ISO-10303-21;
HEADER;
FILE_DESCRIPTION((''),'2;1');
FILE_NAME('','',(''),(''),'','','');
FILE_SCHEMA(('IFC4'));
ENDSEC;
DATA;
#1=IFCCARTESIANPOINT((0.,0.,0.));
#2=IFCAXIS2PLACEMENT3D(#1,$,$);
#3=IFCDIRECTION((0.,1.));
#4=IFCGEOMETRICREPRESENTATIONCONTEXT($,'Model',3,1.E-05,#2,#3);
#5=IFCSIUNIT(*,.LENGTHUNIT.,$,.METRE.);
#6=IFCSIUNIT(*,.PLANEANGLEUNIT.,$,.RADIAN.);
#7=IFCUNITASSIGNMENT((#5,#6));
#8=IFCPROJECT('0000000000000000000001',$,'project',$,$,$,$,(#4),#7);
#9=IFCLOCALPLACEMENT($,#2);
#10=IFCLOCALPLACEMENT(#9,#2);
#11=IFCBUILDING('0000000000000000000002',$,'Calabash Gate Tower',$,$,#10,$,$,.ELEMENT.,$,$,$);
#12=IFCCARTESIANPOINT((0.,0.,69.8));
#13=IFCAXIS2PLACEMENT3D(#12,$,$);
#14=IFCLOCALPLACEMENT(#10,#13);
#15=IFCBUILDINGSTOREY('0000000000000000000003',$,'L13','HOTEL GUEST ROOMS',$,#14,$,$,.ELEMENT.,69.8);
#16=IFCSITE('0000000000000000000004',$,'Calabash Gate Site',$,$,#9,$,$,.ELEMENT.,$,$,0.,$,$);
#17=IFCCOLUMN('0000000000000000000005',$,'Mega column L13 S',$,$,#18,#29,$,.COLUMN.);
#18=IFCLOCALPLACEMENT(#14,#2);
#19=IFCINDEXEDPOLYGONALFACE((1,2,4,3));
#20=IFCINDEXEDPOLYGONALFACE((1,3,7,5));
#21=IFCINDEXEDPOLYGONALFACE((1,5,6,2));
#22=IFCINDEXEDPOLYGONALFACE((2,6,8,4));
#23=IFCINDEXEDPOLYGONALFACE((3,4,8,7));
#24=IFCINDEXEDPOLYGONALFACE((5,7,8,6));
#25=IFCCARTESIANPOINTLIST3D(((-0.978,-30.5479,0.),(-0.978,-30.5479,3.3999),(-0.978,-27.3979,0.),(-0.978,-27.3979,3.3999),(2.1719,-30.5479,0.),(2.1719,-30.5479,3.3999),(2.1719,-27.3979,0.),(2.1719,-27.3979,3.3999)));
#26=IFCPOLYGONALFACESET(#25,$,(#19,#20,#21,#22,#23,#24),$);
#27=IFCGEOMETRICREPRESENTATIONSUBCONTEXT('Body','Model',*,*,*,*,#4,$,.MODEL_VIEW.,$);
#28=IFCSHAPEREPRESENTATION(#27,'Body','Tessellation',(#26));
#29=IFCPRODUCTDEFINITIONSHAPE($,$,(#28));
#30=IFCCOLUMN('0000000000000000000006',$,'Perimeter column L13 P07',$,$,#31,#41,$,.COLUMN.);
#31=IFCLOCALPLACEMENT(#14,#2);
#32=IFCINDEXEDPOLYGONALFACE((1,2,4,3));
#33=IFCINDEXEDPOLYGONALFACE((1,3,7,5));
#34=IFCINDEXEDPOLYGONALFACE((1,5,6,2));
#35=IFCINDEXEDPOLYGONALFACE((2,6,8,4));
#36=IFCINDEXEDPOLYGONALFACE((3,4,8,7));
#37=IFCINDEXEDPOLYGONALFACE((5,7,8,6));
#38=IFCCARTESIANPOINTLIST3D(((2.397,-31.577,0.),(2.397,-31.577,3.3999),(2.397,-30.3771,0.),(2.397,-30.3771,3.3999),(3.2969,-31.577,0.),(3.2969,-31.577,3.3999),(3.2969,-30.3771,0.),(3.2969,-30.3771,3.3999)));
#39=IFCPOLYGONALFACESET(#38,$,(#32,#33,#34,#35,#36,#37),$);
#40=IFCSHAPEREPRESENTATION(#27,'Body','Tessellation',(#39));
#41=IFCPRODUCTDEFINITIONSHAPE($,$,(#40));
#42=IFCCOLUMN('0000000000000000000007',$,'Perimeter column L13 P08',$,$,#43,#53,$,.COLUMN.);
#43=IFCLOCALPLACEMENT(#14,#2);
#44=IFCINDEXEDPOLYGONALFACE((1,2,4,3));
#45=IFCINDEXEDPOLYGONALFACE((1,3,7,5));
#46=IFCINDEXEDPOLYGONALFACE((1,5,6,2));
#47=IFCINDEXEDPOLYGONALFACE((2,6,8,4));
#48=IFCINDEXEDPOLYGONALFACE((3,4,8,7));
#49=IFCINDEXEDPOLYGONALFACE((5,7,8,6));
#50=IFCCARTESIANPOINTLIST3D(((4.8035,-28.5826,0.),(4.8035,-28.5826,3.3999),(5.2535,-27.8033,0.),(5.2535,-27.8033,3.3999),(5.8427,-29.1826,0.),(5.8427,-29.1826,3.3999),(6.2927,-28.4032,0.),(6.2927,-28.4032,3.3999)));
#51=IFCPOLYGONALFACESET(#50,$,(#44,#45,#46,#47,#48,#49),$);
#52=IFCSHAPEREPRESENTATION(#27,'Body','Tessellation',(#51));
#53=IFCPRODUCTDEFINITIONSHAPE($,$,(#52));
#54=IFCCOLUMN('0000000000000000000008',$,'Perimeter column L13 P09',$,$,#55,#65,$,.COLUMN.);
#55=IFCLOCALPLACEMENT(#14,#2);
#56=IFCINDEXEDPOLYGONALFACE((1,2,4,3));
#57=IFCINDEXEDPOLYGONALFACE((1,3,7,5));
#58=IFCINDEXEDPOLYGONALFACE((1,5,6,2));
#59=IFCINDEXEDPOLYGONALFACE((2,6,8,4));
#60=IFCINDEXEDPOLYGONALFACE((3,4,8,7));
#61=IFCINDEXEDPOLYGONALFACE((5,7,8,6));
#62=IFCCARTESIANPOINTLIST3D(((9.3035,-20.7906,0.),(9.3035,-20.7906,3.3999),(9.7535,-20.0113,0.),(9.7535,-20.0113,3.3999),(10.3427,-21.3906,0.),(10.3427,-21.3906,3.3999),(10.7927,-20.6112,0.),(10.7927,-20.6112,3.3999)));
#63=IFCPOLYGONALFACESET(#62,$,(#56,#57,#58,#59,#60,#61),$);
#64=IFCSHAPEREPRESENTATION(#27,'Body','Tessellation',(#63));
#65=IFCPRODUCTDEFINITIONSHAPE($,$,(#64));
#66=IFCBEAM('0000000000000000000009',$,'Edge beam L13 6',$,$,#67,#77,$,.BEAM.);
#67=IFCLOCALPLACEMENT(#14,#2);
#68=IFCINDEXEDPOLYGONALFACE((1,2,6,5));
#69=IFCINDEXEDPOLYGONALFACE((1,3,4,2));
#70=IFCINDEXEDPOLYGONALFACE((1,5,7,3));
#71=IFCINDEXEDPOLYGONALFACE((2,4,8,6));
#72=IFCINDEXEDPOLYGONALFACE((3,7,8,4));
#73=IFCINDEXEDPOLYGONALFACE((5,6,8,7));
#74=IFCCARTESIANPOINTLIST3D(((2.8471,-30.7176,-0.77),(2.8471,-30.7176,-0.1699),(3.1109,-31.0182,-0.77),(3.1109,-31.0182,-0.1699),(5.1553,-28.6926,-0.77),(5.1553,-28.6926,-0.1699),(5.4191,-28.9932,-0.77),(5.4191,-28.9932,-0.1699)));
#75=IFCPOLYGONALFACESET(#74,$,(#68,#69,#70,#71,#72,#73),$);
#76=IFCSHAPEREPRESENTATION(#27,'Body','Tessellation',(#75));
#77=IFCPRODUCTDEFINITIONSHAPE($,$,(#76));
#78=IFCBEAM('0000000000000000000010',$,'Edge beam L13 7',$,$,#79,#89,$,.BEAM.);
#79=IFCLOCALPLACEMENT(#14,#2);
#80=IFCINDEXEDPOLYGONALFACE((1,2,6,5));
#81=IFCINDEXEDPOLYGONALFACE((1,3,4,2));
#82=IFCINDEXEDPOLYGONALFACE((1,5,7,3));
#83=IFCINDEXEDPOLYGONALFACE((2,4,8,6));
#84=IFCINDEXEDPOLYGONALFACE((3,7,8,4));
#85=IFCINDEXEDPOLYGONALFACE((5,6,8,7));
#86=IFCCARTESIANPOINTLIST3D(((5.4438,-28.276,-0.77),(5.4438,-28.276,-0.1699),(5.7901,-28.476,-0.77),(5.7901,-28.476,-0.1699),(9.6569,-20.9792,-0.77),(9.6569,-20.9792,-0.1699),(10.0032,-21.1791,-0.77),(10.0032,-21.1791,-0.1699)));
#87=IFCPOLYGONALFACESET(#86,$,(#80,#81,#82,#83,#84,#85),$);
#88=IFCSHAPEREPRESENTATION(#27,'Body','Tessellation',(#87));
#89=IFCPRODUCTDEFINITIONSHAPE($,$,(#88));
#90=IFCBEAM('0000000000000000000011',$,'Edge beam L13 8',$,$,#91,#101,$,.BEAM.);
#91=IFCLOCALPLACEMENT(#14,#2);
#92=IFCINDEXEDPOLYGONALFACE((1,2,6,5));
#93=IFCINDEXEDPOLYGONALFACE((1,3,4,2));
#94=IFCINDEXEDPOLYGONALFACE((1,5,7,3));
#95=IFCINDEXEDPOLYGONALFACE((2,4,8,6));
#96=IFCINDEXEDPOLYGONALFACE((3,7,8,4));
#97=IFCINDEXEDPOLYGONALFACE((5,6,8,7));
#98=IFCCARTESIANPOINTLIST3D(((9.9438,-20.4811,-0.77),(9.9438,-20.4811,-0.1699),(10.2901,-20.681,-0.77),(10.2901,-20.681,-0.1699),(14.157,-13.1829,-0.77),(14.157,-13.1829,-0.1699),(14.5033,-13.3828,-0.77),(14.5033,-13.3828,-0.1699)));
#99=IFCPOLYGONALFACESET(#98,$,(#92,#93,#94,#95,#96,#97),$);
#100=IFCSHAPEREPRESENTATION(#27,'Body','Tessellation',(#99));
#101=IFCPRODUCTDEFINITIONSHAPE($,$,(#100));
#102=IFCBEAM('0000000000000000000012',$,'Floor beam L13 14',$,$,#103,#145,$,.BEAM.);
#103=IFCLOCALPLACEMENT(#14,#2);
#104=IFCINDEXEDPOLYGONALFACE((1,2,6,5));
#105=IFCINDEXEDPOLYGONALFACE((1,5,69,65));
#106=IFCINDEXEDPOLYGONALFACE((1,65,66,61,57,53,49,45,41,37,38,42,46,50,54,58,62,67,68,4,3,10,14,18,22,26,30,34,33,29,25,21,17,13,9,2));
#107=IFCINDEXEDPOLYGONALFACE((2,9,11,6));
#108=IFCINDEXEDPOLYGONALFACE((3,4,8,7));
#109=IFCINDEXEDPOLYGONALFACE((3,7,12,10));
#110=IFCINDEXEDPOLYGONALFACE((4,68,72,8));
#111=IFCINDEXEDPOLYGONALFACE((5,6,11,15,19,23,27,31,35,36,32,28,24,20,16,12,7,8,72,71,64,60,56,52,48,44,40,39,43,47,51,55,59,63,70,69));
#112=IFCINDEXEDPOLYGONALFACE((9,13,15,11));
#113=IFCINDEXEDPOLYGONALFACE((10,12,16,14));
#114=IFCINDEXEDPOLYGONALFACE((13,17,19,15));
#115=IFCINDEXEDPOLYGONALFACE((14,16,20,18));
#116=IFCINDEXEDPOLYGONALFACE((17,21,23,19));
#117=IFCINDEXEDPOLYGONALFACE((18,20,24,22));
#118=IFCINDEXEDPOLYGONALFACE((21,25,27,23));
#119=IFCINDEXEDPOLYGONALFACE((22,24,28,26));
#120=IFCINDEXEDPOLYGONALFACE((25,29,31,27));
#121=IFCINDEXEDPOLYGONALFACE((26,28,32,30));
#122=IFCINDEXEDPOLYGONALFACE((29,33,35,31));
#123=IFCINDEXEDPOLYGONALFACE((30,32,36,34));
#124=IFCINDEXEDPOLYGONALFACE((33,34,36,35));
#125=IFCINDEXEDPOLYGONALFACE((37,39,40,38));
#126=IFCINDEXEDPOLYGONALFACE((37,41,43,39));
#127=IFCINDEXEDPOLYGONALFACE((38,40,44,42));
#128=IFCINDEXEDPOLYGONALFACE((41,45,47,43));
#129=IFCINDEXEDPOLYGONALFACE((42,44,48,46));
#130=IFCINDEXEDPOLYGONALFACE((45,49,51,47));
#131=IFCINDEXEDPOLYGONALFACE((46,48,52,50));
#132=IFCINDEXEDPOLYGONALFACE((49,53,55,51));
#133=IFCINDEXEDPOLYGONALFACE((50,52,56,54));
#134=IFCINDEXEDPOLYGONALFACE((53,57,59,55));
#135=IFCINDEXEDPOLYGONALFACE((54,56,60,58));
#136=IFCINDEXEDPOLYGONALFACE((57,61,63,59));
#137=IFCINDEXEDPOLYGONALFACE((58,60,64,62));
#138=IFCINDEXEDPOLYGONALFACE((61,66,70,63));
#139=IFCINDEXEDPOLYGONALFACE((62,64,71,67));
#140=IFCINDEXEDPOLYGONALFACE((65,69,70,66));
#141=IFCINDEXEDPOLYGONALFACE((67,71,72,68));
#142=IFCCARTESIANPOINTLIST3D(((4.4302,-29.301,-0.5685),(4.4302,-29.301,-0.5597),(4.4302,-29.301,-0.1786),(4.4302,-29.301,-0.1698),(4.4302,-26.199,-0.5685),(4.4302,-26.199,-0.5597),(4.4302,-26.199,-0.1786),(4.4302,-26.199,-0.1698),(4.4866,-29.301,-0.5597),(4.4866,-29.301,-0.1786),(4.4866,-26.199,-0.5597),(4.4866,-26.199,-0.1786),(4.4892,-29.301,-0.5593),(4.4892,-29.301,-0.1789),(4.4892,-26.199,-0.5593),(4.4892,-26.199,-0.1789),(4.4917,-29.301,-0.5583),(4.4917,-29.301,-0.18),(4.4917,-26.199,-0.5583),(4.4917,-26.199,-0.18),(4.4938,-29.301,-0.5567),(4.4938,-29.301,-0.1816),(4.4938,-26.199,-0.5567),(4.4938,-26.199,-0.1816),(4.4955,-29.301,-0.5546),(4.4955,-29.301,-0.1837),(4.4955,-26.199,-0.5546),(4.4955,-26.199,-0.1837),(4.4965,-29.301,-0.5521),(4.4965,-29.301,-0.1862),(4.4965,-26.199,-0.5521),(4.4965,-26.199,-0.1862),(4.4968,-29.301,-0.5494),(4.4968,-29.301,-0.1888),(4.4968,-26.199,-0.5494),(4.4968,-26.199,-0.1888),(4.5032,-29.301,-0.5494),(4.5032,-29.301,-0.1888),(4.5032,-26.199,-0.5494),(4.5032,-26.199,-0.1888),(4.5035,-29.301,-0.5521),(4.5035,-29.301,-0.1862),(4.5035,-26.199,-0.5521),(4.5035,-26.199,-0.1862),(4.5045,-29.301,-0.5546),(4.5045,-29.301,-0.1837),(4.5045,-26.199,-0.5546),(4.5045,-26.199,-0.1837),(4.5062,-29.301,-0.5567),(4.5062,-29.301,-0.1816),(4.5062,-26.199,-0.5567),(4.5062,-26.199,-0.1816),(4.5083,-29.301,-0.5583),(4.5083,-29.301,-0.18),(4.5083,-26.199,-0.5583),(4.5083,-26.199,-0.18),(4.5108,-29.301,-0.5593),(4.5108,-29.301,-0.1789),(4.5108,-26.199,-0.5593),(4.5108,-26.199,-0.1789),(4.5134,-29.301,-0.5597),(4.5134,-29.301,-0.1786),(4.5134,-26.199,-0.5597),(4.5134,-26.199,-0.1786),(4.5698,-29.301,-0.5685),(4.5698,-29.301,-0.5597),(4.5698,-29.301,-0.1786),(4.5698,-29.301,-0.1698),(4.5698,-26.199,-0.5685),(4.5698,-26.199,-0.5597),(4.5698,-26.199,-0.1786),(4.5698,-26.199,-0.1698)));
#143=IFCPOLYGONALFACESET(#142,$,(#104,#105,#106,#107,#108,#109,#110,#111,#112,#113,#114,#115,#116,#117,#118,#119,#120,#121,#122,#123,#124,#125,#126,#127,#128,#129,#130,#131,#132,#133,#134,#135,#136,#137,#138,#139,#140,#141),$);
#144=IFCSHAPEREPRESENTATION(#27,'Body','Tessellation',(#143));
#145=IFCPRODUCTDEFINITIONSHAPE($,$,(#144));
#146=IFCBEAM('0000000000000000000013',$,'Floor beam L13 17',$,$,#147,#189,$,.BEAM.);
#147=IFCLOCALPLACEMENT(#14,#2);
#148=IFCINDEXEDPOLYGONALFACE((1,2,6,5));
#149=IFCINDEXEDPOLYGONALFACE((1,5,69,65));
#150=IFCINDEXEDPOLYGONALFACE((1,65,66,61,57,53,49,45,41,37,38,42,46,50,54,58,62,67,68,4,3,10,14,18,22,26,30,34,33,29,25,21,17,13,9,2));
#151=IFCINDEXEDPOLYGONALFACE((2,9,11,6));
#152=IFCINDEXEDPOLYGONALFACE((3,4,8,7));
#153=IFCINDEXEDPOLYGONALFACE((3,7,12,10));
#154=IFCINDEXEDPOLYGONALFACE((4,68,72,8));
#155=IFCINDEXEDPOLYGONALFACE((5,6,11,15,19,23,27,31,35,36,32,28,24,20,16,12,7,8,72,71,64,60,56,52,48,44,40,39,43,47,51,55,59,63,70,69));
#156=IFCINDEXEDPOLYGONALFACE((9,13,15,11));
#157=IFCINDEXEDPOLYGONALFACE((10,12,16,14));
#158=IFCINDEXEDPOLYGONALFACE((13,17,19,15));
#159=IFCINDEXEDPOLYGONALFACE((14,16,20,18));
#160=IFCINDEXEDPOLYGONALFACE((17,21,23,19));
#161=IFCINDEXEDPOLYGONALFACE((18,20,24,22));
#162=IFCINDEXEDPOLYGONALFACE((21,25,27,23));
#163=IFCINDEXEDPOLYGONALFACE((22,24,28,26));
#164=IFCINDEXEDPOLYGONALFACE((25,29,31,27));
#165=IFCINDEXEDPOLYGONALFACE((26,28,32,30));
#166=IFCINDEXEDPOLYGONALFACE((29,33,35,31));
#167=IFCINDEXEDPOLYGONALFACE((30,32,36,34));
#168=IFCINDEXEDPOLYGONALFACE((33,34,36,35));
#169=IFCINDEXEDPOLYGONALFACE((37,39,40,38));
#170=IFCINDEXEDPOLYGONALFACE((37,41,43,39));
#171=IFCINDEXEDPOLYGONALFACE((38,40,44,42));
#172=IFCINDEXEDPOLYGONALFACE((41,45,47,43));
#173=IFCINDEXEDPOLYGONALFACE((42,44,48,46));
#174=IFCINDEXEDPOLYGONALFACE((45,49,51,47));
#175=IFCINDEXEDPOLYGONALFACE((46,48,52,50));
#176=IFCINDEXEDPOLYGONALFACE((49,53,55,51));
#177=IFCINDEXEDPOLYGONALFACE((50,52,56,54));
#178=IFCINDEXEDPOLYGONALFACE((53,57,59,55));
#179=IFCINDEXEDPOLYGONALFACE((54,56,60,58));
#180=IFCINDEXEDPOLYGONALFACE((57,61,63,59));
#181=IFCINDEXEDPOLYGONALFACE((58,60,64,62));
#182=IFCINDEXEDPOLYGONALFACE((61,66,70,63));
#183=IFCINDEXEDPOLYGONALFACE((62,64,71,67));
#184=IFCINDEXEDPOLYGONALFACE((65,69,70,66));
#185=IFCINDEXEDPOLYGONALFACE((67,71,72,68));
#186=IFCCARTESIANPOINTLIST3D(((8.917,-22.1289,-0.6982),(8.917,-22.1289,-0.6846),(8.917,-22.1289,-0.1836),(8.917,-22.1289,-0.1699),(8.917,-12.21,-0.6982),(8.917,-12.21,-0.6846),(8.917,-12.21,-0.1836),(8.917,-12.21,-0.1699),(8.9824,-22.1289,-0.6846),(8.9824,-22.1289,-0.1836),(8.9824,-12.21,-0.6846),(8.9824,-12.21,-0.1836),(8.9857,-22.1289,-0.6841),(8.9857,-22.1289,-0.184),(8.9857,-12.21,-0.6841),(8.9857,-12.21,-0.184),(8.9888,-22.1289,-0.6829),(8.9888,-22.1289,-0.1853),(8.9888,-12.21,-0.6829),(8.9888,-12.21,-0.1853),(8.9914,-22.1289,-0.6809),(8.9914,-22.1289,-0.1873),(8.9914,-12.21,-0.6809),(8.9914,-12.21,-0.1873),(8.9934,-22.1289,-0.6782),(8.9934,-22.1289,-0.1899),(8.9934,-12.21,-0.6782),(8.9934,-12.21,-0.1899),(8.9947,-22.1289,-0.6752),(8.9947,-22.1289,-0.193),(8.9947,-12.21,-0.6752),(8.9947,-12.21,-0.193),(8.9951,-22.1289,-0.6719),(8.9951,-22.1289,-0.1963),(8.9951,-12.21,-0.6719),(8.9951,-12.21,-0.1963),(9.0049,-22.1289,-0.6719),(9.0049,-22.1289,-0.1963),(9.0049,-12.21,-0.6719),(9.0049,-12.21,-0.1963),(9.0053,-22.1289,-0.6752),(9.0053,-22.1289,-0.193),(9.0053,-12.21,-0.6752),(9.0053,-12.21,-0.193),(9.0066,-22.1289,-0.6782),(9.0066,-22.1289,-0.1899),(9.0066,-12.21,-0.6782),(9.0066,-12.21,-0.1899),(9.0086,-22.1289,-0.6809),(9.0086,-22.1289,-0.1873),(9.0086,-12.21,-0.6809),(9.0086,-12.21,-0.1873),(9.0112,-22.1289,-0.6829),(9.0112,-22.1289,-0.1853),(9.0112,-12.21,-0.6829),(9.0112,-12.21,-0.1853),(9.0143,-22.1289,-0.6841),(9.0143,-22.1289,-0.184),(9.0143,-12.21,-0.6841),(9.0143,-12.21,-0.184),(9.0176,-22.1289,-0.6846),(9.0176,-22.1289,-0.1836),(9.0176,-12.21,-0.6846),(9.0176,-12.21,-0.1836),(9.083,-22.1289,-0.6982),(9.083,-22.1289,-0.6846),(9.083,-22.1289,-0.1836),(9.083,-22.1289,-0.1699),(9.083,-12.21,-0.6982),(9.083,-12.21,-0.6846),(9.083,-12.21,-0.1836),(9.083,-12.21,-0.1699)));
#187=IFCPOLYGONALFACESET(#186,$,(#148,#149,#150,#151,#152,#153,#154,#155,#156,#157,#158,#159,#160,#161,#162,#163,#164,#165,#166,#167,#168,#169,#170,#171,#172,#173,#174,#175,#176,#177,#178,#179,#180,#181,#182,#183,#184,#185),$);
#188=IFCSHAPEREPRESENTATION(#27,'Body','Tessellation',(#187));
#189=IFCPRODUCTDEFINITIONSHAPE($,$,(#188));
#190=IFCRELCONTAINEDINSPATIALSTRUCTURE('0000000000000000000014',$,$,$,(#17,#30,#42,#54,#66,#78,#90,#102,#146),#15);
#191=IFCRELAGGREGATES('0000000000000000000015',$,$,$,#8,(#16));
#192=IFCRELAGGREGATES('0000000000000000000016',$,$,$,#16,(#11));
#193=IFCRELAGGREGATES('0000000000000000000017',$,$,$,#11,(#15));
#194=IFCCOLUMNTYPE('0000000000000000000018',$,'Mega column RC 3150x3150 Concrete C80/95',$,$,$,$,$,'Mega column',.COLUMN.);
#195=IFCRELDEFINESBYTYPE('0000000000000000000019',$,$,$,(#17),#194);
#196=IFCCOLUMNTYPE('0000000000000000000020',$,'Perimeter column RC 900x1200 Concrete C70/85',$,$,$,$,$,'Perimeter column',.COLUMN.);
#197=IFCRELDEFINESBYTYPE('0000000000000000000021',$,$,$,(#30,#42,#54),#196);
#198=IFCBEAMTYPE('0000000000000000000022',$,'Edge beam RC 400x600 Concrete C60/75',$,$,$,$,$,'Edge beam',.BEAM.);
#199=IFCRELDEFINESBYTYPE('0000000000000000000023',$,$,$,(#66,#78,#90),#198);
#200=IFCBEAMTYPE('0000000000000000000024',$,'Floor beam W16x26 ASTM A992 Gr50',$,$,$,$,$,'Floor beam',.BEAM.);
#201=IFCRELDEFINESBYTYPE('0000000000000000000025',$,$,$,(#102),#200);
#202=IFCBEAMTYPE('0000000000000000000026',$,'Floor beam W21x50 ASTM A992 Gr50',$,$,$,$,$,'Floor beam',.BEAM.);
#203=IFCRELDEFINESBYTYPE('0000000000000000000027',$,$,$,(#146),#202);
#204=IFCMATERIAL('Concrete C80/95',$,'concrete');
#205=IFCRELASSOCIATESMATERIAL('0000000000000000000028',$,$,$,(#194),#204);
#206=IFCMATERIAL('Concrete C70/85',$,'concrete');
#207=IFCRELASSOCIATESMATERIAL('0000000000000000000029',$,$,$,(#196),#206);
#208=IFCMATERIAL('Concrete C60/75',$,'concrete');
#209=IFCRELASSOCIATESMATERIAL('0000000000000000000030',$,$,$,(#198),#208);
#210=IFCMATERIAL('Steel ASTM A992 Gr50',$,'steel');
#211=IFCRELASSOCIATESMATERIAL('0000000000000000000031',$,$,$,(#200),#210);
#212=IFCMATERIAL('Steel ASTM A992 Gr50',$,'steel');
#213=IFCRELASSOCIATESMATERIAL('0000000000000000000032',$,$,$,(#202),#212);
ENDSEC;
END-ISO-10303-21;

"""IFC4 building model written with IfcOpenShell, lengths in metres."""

from ifc_helpers import new_model, si_unit, direction, frame, origin, origin_2d, place, context, subcontext, project, spatial, rectangle, i_section, extrude, material, material_profile, profile_set, type_object, element, save


model = new_model("IFC4")

# Units and contexts
model_context = context("Model", 3, precision=1e-05, world=origin(), true_north=direction((0.0, 1.0)))
body_context = subcontext(model_context, "Body", "Model", "MODEL_VIEW")
ifc_project = project(units=[si_unit("LENGTHUNIT", "METRE"), si_unit("PLANEANGLEUNIT", "RADIAN")], contexts=[model_context])

# Site, building, storey
site_placement = place(None, origin())
site = spatial("IfcSite", under=ifc_project, at=site_placement, Name="Calabash Gate Site", CompositionType="ELEMENT", RefElevation=0.0)
building_placement = place(site_placement, origin())
building = spatial("IfcBuilding", under=site, at=building_placement, Name="Calabash Gate Tower", CompositionType="ELEMENT")
storey_placement = place(building_placement, frame((0.0, 0.0, 69.8)))
storey = spatial("IfcBuildingStorey", under=building, at=storey_placement, Name="L13", Description="HOTEL GUEST ROOMS", CompositionType="ELEMENT", Elevation=69.8)

# Columns
ifc_material_1 = material(Name="Concrete C80/95", Category="concrete")
ifc_material_profile_1 = material_profile(ifc_material_1, rectangle(XDim=3.1499, YDim=3.1499, at=origin_2d()))
ifc_profile_set_1 = profile_set([ifc_material_profile_1], Name="Concrete C80/95")
column_type_1 = type_object("IfcColumnType", Name="Mega column RC 3150x3150 Concrete C80/95", ElementType="Mega column", PredefinedType="COLUMN", material=ifc_profile_set_1)
column_placement = place(storey_placement, frame((0.5969, -28.9729, 0.0), z_axis=(0.0, 0.0, 1.0), x_axis=(0.0, 1.0, 0.0)))
element("IfcColumn", 1, at=column_placement, inside=storey, type_object=column_type_1, Name="Mega column L13 S", PredefinedType="COLUMN", context=body_context, shape_type="SweptSolid", body=[
    extrude(rectangle(XDim=3.1499, YDim=3.1499, at=origin_2d()), origin(), (0.0, 0.0, 1.0), 3.3999),
])
ifc_material_2 = material(Name="Concrete C70/85", Category="concrete")
ifc_material_profile_2 = material_profile(ifc_material_2, rectangle(XDim=0.8999, YDim=1.2, at=origin_2d()))
ifc_profile_set_2 = profile_set([ifc_material_profile_2], Name="Concrete C70/85")
column_type_2 = type_object("IfcColumnType", Name="Perimeter column RC 900x1200 Concrete C70/85", ElementType="Perimeter column", PredefinedType="COLUMN", material=ifc_profile_set_2)
for number, where, z_axis, x_axis, name in (
    (2, (2.8469, -30.9771, 0.0), (0.0, 0.0, 1.0), (1.0, 0.0, 0.0), "Perimeter column L13 P07"),
    (3, (5.5481, -28.4929, 0.0), (0.0, 0.0, 1.0), (0.5, 0.866025, 0.0), "Perimeter column L13 P08"),
    (4, (10.0481, -20.7009, 0.0), (0.0, 0.0, 1.0), (0.5, 0.866025, 0.0), "Perimeter column L13 P09"),
):
    element("IfcColumn", number, at=place(storey_placement, frame(where, z_axis=z_axis, x_axis=x_axis)), inside=storey, type_object=column_type_2, Name=name, PredefinedType="COLUMN", context=body_context, shape_type="SweptSolid", body=[
        extrude(rectangle(XDim=0.8999, YDim=1.2, at=origin_2d()), origin(), (0.0, 0.0, 1.0), 3.3999),
    ])

# Beams
ifc_material_3 = material(Name="Concrete C60/75", Category="concrete")
ifc_material_profile_3 = material_profile(ifc_material_3, rectangle(XDim=0.3999, YDim=0.6001, at=origin_2d()))
ifc_profile_set_3 = profile_set([ifc_material_profile_3], Name="Concrete C60/75")
beam_type_1 = type_object("IfcBeamType", Name="Edge beam RC 400x600 Concrete C60/75", ElementType="Edge beam", PredefinedType="BEAM", material=ifc_profile_set_3)
beam_1_placement = place(storey_placement, frame((2.979, -30.8679, -0.47), z_axis=(0.751719, 0.659484, 0.0), x_axis=(-0.659484, 0.751719, 0.0)))
element("IfcBeam", 5, at=beam_1_placement, inside=storey, type_object=beam_type_1, Name="Edge beam L13 6", PredefinedType="BEAM", context=body_context, shape_type="SweptSolid", body=[
    extrude(rectangle(XDim=0.3999, YDim=0.6001, at=origin_2d()), origin(), (0.0, 0.0, 1.0), 3.0706),
])
beam_2_placement = place(storey_placement, frame((5.6169, -28.376, -0.47), z_axis=(0.500025, 0.866011, 0.0), x_axis=(-0.866011, 0.500025, 0.0)))
element("IfcBeam", 6, at=beam_2_placement, inside=storey, type_object=beam_type_1, Name="Edge beam L13 7", PredefinedType="BEAM", context=body_context, shape_type="SweptSolid", body=[
    extrude(rectangle(XDim=0.3999, YDim=0.6001, at=origin_2d()), origin(), (0.0, 0.0, 1.0), 8.4258),
])
beam_3_placement = place(storey_placement, frame((10.1169, -20.5811, -0.47), z_axis=(0.499962, 0.866047, 0.0), x_axis=(-0.866047, 0.499962, 0.0)))
element("IfcBeam", 7, at=beam_3_placement, inside=storey, type_object=beam_type_1, Name="Edge beam L13 8", PredefinedType="BEAM", context=body_context, shape_type="SweptSolid", body=[
    extrude(rectangle(XDim=0.3999, YDim=0.6001, at=origin_2d()), origin(), (0.0, 0.0, 1.0), 8.427),
])
ifc_material_4 = material(Name="Steel ASTM A992 Gr50", Category="steel")
ifc_material_profile_4 = material_profile(ifc_material_4, i_section(OverallWidth=0.1396, OverallDepth=0.3987, WebThickness=0.0063, FlangeThickness=0.0088, FilletRadius=0.0103, at=origin_2d()))
ifc_profile_set_4 = profile_set([ifc_material_profile_4], Name="Steel ASTM A992 Gr50")
beam_type_2 = type_object("IfcBeamType", Name="Floor beam W16x26 ASTM A992 Gr50", ElementType="Floor beam", PredefinedType="BEAM", material=ifc_profile_set_4)
beam_4_placement = place(storey_placement, frame((4.5, -29.301, -0.3691), z_axis=(0.0, 1.0, 0.0), x_axis=(-1.0, 0.0, 0.0)))
element("IfcBeam", 8, at=beam_4_placement, inside=storey, type_object=beam_type_2, Name="Floor beam L13 14", PredefinedType="BEAM", context=body_context, shape_type="SweptSolid", body=[
    extrude(i_section(OverallWidth=0.1396, OverallDepth=0.3987, WebThickness=0.0063, FlangeThickness=0.0088, FilletRadius=0.0103, at=origin_2d()), origin(), (0.0, 0.0, 1.0), 3.1021),
])
ifc_material_5 = material(Name="Steel ASTM A992 Gr50", Category="steel")
ifc_material_profile_5 = material_profile(ifc_material_5, i_section(OverallWidth=0.166, OverallDepth=0.5283, WebThickness=0.0098, FlangeThickness=0.0137, FilletRadius=0.0127, at=origin_2d()))
ifc_profile_set_5 = profile_set([ifc_material_profile_5], Name="Steel ASTM A992 Gr50")
beam_type_3 = type_object("IfcBeamType", Name="Floor beam W21x50 ASTM A992 Gr50", ElementType="Floor beam", PredefinedType="BEAM", material=ifc_profile_set_5)
beam_5_placement = place(storey_placement, frame((9.0, -22.1289, -0.4341), z_axis=(0.0, 1.0, 0.0), x_axis=(-1.0, 0.0, 0.0)))
element("IfcBeam", 9, at=beam_5_placement, inside=storey, type_object=beam_type_3, Name="Floor beam L13 17", PredefinedType="BEAM", context=body_context, shape_type="SweptSolid", body=[
    extrude(i_section(OverallWidth=0.166, OverallDepth=0.5283, WebThickness=0.0098, FlangeThickness=0.0137, FilletRadius=0.0127, at=origin_2d()), origin(), (0.0, 0.0, 1.0), 9.9189),
])

save(model, "model.ifc")
